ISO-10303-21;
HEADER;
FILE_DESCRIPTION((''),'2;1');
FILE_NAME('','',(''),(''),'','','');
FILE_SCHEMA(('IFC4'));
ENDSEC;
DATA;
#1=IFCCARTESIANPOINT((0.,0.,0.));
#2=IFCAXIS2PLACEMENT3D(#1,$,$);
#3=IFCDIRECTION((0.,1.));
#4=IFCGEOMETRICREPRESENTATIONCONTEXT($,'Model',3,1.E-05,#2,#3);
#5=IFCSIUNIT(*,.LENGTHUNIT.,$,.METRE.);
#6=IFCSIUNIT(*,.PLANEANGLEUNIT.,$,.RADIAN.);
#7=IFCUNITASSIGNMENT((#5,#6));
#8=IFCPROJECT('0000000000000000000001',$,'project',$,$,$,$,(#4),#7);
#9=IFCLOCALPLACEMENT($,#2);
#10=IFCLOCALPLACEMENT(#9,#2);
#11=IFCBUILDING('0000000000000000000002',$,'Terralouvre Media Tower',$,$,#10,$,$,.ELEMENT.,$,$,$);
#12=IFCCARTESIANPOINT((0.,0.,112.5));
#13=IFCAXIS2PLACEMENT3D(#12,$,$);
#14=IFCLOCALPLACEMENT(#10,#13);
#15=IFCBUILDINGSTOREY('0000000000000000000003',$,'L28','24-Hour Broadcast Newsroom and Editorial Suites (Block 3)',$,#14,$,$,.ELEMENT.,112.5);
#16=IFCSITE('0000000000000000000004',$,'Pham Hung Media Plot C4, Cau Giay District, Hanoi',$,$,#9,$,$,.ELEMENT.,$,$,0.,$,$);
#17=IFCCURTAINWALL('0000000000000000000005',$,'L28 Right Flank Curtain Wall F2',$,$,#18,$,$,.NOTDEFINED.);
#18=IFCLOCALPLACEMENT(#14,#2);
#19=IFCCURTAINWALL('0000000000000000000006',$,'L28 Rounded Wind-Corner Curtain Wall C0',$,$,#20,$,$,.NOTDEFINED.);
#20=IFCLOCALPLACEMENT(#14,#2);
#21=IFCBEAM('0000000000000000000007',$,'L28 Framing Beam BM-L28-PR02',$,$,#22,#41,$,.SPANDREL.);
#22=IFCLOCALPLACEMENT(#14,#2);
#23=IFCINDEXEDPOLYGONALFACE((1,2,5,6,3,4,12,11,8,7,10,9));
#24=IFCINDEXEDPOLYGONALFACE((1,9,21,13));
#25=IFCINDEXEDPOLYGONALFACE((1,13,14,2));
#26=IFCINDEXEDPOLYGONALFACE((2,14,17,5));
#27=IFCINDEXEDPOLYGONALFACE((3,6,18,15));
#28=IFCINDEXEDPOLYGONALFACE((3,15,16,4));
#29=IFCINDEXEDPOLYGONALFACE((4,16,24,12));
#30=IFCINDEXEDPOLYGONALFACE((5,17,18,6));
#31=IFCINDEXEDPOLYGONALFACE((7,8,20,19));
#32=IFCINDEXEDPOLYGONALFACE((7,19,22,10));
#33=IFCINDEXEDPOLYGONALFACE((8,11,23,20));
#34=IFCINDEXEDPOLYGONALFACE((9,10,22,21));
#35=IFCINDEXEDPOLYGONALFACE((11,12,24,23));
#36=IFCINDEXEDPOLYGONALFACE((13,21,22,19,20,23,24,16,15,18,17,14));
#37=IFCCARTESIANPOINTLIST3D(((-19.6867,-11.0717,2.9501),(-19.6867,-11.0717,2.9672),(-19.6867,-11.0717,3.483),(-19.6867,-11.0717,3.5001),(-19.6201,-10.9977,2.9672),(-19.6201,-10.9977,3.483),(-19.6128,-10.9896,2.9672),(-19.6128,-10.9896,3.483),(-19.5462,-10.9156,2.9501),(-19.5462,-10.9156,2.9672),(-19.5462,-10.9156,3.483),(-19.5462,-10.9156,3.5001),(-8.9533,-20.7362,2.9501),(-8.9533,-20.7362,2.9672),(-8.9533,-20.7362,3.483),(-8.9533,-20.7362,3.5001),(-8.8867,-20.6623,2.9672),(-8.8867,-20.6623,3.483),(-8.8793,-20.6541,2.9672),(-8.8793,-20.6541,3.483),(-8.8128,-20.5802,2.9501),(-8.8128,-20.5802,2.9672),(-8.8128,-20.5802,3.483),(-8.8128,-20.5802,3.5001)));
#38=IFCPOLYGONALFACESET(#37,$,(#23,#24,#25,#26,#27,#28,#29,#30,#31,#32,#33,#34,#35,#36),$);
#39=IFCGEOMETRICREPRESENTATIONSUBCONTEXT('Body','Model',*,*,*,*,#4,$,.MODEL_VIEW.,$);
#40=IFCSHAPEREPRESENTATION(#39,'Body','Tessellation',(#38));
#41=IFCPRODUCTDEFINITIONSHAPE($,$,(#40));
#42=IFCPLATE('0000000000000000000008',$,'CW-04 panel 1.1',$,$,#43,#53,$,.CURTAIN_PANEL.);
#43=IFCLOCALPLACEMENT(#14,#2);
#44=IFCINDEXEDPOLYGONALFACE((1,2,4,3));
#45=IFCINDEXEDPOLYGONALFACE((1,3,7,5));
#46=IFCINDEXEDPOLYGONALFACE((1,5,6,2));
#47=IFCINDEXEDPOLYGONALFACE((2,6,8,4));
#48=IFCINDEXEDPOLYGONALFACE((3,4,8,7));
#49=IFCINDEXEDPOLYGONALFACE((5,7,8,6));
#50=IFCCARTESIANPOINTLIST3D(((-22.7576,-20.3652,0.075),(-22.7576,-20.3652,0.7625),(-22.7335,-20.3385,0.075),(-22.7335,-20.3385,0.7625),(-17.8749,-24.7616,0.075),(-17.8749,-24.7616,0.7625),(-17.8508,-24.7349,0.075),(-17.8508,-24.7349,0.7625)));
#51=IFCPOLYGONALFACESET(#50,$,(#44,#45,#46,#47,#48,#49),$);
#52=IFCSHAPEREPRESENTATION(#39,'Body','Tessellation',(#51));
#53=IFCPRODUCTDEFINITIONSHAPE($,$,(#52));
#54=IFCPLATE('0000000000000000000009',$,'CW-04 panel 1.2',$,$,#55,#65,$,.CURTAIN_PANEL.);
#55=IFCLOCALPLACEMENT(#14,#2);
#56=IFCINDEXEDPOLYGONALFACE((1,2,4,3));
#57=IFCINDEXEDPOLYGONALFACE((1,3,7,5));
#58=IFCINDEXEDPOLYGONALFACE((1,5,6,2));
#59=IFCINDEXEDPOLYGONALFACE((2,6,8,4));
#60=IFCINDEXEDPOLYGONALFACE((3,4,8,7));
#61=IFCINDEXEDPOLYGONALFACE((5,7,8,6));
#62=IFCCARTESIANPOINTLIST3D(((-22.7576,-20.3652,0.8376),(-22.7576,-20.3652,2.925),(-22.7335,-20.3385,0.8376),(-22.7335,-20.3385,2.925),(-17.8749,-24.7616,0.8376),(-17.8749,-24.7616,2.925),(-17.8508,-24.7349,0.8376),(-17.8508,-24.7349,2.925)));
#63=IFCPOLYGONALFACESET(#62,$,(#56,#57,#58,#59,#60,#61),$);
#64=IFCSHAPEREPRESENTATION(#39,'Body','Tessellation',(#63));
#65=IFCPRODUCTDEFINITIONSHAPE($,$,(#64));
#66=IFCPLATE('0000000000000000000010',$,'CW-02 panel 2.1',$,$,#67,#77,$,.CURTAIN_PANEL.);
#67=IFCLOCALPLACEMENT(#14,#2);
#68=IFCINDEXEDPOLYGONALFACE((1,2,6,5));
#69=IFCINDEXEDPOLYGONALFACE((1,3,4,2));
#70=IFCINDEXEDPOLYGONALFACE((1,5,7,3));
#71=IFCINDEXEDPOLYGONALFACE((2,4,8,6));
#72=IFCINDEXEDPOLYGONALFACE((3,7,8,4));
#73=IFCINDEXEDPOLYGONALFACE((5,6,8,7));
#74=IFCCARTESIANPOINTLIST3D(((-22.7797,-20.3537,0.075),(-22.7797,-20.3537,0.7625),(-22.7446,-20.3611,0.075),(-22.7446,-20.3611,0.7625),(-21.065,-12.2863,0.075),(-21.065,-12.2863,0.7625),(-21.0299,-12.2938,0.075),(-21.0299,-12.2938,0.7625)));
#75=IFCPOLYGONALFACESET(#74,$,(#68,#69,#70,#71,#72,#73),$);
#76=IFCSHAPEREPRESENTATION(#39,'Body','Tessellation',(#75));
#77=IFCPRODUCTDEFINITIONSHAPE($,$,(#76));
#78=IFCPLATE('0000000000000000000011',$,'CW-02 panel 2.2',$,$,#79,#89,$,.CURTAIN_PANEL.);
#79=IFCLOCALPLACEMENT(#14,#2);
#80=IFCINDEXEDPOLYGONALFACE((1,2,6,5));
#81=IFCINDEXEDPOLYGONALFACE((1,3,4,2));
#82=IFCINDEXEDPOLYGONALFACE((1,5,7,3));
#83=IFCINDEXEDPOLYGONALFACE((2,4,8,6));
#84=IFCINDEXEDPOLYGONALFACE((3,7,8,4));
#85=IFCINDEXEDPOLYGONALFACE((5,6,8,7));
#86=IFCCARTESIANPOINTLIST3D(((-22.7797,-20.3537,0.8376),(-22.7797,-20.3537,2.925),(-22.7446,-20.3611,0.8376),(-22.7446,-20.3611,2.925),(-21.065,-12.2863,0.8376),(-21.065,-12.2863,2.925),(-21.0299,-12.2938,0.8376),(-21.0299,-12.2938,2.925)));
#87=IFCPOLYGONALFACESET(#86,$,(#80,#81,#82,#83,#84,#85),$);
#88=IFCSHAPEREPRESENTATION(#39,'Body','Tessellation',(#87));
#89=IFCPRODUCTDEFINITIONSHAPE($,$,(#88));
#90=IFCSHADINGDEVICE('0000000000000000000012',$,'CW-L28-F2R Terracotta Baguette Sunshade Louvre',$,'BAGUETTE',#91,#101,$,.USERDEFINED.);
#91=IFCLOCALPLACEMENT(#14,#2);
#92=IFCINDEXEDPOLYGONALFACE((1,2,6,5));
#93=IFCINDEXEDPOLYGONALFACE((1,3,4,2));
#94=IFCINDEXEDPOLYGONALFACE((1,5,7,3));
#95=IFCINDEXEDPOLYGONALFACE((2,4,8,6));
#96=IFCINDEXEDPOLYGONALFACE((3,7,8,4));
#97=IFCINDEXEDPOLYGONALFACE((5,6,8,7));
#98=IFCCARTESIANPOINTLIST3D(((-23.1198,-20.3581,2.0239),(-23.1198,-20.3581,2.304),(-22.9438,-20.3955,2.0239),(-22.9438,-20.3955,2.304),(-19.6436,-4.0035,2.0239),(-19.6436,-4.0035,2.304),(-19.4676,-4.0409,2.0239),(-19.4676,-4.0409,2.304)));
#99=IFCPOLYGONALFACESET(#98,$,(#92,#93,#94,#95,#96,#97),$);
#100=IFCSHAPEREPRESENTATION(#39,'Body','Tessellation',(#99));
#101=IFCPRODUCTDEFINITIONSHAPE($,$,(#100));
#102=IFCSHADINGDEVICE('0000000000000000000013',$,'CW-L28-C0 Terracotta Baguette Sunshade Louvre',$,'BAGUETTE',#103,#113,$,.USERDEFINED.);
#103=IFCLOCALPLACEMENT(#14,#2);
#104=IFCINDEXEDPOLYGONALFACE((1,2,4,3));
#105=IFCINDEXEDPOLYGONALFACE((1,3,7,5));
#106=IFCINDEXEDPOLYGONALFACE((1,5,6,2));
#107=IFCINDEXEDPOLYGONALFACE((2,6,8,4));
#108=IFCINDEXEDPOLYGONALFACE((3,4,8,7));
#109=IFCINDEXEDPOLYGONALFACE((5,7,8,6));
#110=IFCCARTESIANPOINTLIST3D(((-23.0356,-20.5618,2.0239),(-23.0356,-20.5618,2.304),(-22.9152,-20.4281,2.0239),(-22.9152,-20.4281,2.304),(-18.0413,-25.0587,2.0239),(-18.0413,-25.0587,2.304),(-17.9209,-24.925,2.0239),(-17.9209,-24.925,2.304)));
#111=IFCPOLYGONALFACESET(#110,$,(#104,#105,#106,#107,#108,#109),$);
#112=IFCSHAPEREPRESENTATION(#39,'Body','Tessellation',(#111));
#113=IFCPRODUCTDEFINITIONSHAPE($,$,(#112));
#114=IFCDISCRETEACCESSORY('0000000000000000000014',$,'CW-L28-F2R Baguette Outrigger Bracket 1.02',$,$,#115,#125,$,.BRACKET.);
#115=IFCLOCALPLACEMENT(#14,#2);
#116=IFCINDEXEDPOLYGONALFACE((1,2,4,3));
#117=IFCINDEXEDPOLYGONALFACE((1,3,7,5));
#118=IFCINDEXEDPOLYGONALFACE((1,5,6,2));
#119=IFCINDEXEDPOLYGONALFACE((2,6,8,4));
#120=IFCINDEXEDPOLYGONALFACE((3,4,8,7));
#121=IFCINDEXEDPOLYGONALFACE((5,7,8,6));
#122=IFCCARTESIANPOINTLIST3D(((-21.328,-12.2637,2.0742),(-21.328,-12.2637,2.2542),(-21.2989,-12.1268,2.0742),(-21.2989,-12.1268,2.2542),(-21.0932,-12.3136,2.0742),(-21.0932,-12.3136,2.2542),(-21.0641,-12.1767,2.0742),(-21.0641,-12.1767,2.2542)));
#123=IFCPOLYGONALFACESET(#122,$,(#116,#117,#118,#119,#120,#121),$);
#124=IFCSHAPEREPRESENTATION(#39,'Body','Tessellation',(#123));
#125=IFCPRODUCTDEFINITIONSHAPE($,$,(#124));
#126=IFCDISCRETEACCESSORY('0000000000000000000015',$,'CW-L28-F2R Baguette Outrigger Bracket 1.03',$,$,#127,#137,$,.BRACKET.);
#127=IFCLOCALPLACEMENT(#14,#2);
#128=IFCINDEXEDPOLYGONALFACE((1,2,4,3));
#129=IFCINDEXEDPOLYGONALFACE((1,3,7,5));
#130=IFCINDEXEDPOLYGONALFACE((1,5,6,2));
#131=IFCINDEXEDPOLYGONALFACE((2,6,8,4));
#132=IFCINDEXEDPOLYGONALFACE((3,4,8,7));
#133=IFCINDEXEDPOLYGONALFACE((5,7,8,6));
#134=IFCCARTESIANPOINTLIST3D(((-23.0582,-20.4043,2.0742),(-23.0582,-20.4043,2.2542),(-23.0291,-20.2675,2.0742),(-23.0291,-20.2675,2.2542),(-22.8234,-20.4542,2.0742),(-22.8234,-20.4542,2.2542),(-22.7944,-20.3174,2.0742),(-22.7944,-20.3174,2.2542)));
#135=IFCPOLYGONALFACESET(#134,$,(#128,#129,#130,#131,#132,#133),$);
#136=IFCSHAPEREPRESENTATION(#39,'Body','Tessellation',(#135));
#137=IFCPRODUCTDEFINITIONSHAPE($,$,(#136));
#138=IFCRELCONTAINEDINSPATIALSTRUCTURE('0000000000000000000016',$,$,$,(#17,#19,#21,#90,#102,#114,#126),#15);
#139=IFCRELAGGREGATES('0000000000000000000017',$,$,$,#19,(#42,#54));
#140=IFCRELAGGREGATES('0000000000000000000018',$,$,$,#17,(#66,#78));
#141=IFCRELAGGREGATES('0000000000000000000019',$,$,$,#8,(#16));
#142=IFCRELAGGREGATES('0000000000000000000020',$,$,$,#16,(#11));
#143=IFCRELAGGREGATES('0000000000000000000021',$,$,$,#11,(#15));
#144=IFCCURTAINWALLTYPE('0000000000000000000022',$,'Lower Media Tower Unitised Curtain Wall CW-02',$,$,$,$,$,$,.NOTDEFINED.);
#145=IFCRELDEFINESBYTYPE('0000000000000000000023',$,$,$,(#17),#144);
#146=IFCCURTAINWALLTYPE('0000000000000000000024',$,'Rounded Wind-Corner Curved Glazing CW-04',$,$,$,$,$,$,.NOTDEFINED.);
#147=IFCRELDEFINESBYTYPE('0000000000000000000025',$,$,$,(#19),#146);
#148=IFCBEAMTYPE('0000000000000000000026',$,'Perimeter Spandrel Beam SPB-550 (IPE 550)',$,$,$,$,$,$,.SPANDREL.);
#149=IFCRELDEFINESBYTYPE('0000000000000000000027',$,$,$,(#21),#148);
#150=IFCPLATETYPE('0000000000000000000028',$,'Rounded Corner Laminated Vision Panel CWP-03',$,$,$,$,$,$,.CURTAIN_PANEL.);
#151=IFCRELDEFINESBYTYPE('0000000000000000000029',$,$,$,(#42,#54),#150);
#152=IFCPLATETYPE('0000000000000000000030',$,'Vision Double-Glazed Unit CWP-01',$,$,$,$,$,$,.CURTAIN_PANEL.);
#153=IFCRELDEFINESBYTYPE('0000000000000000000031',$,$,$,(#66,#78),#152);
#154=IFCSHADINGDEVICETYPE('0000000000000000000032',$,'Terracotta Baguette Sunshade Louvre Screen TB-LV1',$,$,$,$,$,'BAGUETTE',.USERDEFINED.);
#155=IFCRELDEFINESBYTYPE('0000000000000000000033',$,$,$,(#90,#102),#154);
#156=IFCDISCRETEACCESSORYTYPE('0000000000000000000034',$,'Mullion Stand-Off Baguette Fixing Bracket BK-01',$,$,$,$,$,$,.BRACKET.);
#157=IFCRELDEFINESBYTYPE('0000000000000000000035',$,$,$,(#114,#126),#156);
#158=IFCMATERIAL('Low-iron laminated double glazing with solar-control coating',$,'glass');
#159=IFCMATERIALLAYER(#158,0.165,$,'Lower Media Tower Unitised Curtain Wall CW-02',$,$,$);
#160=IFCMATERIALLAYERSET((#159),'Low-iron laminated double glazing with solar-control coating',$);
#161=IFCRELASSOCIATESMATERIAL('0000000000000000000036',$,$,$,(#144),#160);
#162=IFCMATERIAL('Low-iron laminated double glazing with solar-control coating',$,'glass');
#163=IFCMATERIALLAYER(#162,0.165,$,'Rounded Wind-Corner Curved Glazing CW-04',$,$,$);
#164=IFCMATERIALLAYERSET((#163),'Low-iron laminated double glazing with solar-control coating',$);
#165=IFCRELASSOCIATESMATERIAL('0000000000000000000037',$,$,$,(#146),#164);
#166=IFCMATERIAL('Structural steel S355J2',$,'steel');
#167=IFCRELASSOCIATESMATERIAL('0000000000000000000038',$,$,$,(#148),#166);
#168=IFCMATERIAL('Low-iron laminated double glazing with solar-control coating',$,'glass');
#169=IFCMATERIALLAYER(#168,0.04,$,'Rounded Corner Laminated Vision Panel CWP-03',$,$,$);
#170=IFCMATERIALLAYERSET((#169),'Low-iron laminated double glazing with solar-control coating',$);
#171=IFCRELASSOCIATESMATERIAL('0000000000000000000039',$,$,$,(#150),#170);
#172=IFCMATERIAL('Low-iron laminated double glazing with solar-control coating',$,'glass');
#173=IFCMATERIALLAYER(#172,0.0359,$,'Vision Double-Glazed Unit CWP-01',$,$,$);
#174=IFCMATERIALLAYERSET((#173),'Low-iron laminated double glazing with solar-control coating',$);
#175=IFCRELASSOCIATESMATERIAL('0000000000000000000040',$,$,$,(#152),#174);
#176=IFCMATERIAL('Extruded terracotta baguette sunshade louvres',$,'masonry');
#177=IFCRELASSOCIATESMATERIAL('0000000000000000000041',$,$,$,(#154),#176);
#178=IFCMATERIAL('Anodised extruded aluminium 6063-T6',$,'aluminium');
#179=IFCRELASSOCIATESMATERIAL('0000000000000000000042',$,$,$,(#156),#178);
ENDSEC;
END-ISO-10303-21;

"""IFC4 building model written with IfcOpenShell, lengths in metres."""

from ifc_helpers import new_model, si_unit, direction, frame, origin, origin_2d, place, context, subcontext, project, spatial, rectangle, i_section, extrude, material, layer, layer_set, material_profile, profile_set, type_object, element, aggregate, save


model = new_model("IFC4")

# Units and contexts
model_context = context("Model", 3, precision=1e-05, world=origin(), true_north=direction((0.0, 1.0)))
body_context = subcontext(model_context, "Body", "Model", "MODEL_VIEW")
ifc_project = project(units=[si_unit("LENGTHUNIT", "METRE"), si_unit("PLANEANGLEUNIT", "RADIAN")], contexts=[model_context])

# Site, building, storey
site_placement = place(None, origin())
site = spatial("IfcSite", under=ifc_project, at=site_placement, Name="Pham Hung Media Plot C4, Cau Giay District, Hanoi", CompositionType="ELEMENT", RefElevation=0.0)
building_placement = place(site_placement, origin())
building = spatial("IfcBuilding", under=site, at=building_placement, Name="Terralouvre Media Tower", CompositionType="ELEMENT")
storey_placement = place(building_placement, frame((0.0, 0.0, 112.5)))
storey = spatial("IfcBuildingStorey", under=building, at=storey_placement, Name="L28", Description="24-Hour Broadcast Newsroom and Editorial Suites (Block 3)", CompositionType="ELEMENT", Elevation=112.5)

# Curtain walls
ifc_material_1 = material(Name="Low-iron laminated double glazing with solar-control coating", Category="glass")
ifc_layer_1 = layer(ifc_material_1, 0.165, Name="Lower Media Tower Unitised Curtain Wall CW-02")
ifc_layer_set_1 = layer_set([ifc_layer_1], Name="Low-iron laminated double glazing with solar-control coating")
curtain_wall_type_1 = type_object("IfcCurtainWallType", Name="Lower Media Tower Unitised Curtain Wall CW-02", PredefinedType="NOTDEFINED", material=ifc_layer_set_1)
curtain_wall_1_placement = place(storey_placement, origin())
curtain_wall_1 = element("IfcCurtainWall", 1, at=curtain_wall_1_placement, inside=storey, type_object=curtain_wall_type_1, Name="L28 Right Flank Curtain Wall F2", PredefinedType="NOTDEFINED")
ifc_material_2 = material(Name="Low-iron laminated double glazing with solar-control coating", Category="glass")
ifc_layer_2 = layer(ifc_material_2, 0.165, Name="Rounded Wind-Corner Curved Glazing CW-04")
ifc_layer_set_2 = layer_set([ifc_layer_2], Name="Low-iron laminated double glazing with solar-control coating")
curtain_wall_type_2 = type_object("IfcCurtainWallType", Name="Rounded Wind-Corner Curved Glazing CW-04", PredefinedType="NOTDEFINED", material=ifc_layer_set_2)
curtain_wall_2_placement = place(storey_placement, origin())
curtain_wall_2 = element("IfcCurtainWall", 2, at=curtain_wall_2_placement, inside=storey, type_object=curtain_wall_type_2, Name="L28 Rounded Wind-Corner Curtain Wall C0", PredefinedType="NOTDEFINED")

# Beam
ifc_material_3 = material(Name="Structural steel S355J2", Category="steel")
ifc_material_profile_1 = material_profile(ifc_material_3, i_section(OverallWidth=0.21, OverallDepth=0.55, WebThickness=0.011, FlangeThickness=0.0171, at=origin_2d()), Name="IPE 550")
ifc_profile_set_1 = profile_set([ifc_material_profile_1], Name="Structural steel S355J2")
beam_type = type_object("IfcBeamType", Name="Perimeter Spandrel Beam SPB-550 (IPE 550)", PredefinedType="SPANDREL", material=ifc_profile_set_1)
beam_placement = place(storey_placement, frame((-19.6165, -10.9937, 3.2251), z_axis=(0.743139, -0.669137, 0.0), x_axis=(0.669137, 0.743139, 0.0)))
element("IfcBeam", 3, at=beam_placement, inside=storey, type_object=beam_type, Name="L28 Framing Beam BM-L28-PR02", PredefinedType="SPANDREL", context=body_context, shape_type="SweptSolid", body=[
    extrude(i_section(OverallWidth=0.21, OverallDepth=0.55, WebThickness=0.011, FlangeThickness=0.0171, at=origin_2d()), origin(), (0.0, 0.0, 1.0), 14.4434),
])

# Plates
ifc_material_4 = material(Name="Low-iron laminated double glazing with solar-control coating", Category="glass")
ifc_layer_3 = layer(ifc_material_4, 0.04, Name="Rounded Corner Laminated Vision Panel CWP-03")
ifc_layer_set_3 = layer_set([ifc_layer_3], Name="Low-iron laminated double glazing with solar-control coating")
plate_type_1 = type_object("IfcPlateType", Name="Rounded Corner Laminated Vision Panel CWP-03", PredefinedType="CURTAIN_PANEL", material=ifc_layer_set_3)
plate_1_placement = place(storey_placement, frame((-20.3042, -22.55, 0.075), z_axis=(0.0, 0.0, 1.0), x_axis=(0.743145, -0.669131, 0.0)))
plate_1 = element("IfcPlate", 4, at=plate_1_placement, type_object=plate_type_1, Name="CW-04 panel 1.1", PredefinedType="CURTAIN_PANEL", context=body_context, shape_type="SweptSolid", body=[
    extrude(rectangle(XDim=6.5703, YDim=0.0359, at=origin_2d()), origin(), (0.0, 0.0, 1.0), 0.6875),
])
plate_2_placement = place(storey_placement, frame((-20.3042, -22.55, 0.8376), z_axis=(0.0, 0.0, 1.0), x_axis=(0.743145, -0.669131, 0.0)))
plate_2 = element("IfcPlate", 5, at=plate_2_placement, type_object=plate_type_1, Name="CW-04 panel 1.2", PredefinedType="CURTAIN_PANEL", context=body_context, shape_type="SweptSolid", body=[
    extrude(rectangle(XDim=6.5703, YDim=0.0359, at=origin_2d()), origin(), (0.0, 0.0, 1.0), 2.0874),
])
aggregate(curtain_wall_2, [plate_1, plate_2])
ifc_material_5 = material(Name="Low-iron laminated double glazing with solar-control coating", Category="glass")
ifc_layer_4 = layer(ifc_material_5, 0.0359, Name="Vision Double-Glazed Unit CWP-01")
ifc_layer_set_4 = layer_set([ifc_layer_4], Name="Low-iron laminated double glazing with solar-control coating")
plate_type_2 = type_object("IfcPlateType", Name="Vision Double-Glazed Unit CWP-01", PredefinedType="CURTAIN_PANEL", material=ifc_layer_set_4)
plate_3_placement = place(storey_placement, frame((-21.9048, -16.3237, 0.075), z_axis=(0.0, 0.0, 1.0), x_axis=(-0.207911, -0.978148, 0.0)))
plate_3 = element("IfcPlate", 6, at=plate_3_placement, type_object=plate_type_2, Name="CW-02 panel 2.1", PredefinedType="CURTAIN_PANEL", context=body_context, shape_type="SweptSolid", body=[
    extrude(rectangle(XDim=8.2476, YDim=0.0359, at=origin_2d()), origin(), (0.0, 0.0, 1.0), 0.6875),
])
plate_4_placement = place(storey_placement, frame((-21.9048, -16.3237, 0.8376), z_axis=(0.0, 0.0, 1.0), x_axis=(-0.207911, -0.978148, 0.0)))
plate_4 = element("IfcPlate", 7, at=plate_4_placement, type_object=plate_type_2, Name="CW-02 panel 2.2", PredefinedType="CURTAIN_PANEL", context=body_context, shape_type="SweptSolid", body=[
    extrude(rectangle(XDim=8.2476, YDim=0.0359, at=origin_2d()), origin(), (0.0, 0.0, 1.0), 2.0874),
])
aggregate(curtain_wall_1, [plate_3, plate_4])

# Shading devices
ifc_material_6 = material(Name="Extruded terracotta baguette sunshade louvres", Category="masonry")
shading_device_type = type_object("IfcShadingDeviceType", Name="Terracotta Baguette Sunshade Louvre Screen TB-LV1", ElementType="BAGUETTE", PredefinedType="USERDEFINED", material=ifc_material_6)
shading_device_1_placement = place(storey_placement, frame((-21.2937, -12.1995, 2.0239), z_axis=(0.0, 0.0, 1.0), x_axis=(-0.207911, -0.978148, 0.0)))
element("IfcShadingDevice", 8, at=shading_device_1_placement, inside=storey, type_object=shading_device_type, Name="CW-L28-F2R Terracotta Baguette Sunshade Louvre", ObjectType="BAGUETTE", PredefinedType="USERDEFINED", context=body_context, shape_type="SweptSolid", body=[
    extrude(rectangle(XDim=16.72, YDim=0.1799, at=origin_2d()), origin(), (0.0, 0.0, 1.0), 0.28),
])
shading_device_2_placement = place(storey_placement, frame((-20.4783, -22.7434, 2.0239), z_axis=(0.0, 0.0, 1.0), x_axis=(0.743145, -0.669131, 0.0)))
element("IfcShadingDevice", 9, at=shading_device_2_placement, inside=storey, type_object=shading_device_type, Name="CW-L28-C0 Terracotta Baguette Sunshade Louvre", ObjectType="BAGUETTE", PredefinedType="USERDEFINED", context=body_context, shape_type="SweptSolid", body=[
    extrude(rectangle(XDim=6.7205, YDim=0.1799, at=origin_2d()), origin(), (0.0, 0.0, 1.0), 0.28),
])

# Discrete accessories
ifc_material_7 = material(Name="Anodised extruded aluminium 6063-T6", Category="aluminium")
discrete_accessory_type = type_object("IfcDiscreteAccessoryType", Name="Mullion Stand-Off Baguette Fixing Bracket BK-01", PredefinedType="BRACKET", material=ifc_material_7)
for number, where, z_axis, x_axis, name in (
    (10, (-21.196, -12.2202, 2.0742), (0.0, 0.0, 1.0), (-0.207911, -0.978148, 0.0), "CW-L28-F2R Baguette Outrigger Bracket 1.02"),
    (11, (-22.9263, -20.3608, 2.0742), (0.0, 0.0, 1.0), (-0.207911, -0.978148, 0.0), "CW-L28-F2R Baguette Outrigger Bracket 1.03"),
):
    element("IfcDiscreteAccessory", number, at=place(storey_placement, frame(where, z_axis=z_axis, x_axis=x_axis)), inside=storey, type_object=discrete_accessory_type, Name=name, PredefinedType="BRACKET", context=body_context, shape_type="SweptSolid", body=[
        extrude(rectangle(XDim=0.1399, YDim=0.24, at=origin_2d()), origin(), (0.0, 0.0, 1.0), 0.1799),
    ])

save(model, "model.ifc")
